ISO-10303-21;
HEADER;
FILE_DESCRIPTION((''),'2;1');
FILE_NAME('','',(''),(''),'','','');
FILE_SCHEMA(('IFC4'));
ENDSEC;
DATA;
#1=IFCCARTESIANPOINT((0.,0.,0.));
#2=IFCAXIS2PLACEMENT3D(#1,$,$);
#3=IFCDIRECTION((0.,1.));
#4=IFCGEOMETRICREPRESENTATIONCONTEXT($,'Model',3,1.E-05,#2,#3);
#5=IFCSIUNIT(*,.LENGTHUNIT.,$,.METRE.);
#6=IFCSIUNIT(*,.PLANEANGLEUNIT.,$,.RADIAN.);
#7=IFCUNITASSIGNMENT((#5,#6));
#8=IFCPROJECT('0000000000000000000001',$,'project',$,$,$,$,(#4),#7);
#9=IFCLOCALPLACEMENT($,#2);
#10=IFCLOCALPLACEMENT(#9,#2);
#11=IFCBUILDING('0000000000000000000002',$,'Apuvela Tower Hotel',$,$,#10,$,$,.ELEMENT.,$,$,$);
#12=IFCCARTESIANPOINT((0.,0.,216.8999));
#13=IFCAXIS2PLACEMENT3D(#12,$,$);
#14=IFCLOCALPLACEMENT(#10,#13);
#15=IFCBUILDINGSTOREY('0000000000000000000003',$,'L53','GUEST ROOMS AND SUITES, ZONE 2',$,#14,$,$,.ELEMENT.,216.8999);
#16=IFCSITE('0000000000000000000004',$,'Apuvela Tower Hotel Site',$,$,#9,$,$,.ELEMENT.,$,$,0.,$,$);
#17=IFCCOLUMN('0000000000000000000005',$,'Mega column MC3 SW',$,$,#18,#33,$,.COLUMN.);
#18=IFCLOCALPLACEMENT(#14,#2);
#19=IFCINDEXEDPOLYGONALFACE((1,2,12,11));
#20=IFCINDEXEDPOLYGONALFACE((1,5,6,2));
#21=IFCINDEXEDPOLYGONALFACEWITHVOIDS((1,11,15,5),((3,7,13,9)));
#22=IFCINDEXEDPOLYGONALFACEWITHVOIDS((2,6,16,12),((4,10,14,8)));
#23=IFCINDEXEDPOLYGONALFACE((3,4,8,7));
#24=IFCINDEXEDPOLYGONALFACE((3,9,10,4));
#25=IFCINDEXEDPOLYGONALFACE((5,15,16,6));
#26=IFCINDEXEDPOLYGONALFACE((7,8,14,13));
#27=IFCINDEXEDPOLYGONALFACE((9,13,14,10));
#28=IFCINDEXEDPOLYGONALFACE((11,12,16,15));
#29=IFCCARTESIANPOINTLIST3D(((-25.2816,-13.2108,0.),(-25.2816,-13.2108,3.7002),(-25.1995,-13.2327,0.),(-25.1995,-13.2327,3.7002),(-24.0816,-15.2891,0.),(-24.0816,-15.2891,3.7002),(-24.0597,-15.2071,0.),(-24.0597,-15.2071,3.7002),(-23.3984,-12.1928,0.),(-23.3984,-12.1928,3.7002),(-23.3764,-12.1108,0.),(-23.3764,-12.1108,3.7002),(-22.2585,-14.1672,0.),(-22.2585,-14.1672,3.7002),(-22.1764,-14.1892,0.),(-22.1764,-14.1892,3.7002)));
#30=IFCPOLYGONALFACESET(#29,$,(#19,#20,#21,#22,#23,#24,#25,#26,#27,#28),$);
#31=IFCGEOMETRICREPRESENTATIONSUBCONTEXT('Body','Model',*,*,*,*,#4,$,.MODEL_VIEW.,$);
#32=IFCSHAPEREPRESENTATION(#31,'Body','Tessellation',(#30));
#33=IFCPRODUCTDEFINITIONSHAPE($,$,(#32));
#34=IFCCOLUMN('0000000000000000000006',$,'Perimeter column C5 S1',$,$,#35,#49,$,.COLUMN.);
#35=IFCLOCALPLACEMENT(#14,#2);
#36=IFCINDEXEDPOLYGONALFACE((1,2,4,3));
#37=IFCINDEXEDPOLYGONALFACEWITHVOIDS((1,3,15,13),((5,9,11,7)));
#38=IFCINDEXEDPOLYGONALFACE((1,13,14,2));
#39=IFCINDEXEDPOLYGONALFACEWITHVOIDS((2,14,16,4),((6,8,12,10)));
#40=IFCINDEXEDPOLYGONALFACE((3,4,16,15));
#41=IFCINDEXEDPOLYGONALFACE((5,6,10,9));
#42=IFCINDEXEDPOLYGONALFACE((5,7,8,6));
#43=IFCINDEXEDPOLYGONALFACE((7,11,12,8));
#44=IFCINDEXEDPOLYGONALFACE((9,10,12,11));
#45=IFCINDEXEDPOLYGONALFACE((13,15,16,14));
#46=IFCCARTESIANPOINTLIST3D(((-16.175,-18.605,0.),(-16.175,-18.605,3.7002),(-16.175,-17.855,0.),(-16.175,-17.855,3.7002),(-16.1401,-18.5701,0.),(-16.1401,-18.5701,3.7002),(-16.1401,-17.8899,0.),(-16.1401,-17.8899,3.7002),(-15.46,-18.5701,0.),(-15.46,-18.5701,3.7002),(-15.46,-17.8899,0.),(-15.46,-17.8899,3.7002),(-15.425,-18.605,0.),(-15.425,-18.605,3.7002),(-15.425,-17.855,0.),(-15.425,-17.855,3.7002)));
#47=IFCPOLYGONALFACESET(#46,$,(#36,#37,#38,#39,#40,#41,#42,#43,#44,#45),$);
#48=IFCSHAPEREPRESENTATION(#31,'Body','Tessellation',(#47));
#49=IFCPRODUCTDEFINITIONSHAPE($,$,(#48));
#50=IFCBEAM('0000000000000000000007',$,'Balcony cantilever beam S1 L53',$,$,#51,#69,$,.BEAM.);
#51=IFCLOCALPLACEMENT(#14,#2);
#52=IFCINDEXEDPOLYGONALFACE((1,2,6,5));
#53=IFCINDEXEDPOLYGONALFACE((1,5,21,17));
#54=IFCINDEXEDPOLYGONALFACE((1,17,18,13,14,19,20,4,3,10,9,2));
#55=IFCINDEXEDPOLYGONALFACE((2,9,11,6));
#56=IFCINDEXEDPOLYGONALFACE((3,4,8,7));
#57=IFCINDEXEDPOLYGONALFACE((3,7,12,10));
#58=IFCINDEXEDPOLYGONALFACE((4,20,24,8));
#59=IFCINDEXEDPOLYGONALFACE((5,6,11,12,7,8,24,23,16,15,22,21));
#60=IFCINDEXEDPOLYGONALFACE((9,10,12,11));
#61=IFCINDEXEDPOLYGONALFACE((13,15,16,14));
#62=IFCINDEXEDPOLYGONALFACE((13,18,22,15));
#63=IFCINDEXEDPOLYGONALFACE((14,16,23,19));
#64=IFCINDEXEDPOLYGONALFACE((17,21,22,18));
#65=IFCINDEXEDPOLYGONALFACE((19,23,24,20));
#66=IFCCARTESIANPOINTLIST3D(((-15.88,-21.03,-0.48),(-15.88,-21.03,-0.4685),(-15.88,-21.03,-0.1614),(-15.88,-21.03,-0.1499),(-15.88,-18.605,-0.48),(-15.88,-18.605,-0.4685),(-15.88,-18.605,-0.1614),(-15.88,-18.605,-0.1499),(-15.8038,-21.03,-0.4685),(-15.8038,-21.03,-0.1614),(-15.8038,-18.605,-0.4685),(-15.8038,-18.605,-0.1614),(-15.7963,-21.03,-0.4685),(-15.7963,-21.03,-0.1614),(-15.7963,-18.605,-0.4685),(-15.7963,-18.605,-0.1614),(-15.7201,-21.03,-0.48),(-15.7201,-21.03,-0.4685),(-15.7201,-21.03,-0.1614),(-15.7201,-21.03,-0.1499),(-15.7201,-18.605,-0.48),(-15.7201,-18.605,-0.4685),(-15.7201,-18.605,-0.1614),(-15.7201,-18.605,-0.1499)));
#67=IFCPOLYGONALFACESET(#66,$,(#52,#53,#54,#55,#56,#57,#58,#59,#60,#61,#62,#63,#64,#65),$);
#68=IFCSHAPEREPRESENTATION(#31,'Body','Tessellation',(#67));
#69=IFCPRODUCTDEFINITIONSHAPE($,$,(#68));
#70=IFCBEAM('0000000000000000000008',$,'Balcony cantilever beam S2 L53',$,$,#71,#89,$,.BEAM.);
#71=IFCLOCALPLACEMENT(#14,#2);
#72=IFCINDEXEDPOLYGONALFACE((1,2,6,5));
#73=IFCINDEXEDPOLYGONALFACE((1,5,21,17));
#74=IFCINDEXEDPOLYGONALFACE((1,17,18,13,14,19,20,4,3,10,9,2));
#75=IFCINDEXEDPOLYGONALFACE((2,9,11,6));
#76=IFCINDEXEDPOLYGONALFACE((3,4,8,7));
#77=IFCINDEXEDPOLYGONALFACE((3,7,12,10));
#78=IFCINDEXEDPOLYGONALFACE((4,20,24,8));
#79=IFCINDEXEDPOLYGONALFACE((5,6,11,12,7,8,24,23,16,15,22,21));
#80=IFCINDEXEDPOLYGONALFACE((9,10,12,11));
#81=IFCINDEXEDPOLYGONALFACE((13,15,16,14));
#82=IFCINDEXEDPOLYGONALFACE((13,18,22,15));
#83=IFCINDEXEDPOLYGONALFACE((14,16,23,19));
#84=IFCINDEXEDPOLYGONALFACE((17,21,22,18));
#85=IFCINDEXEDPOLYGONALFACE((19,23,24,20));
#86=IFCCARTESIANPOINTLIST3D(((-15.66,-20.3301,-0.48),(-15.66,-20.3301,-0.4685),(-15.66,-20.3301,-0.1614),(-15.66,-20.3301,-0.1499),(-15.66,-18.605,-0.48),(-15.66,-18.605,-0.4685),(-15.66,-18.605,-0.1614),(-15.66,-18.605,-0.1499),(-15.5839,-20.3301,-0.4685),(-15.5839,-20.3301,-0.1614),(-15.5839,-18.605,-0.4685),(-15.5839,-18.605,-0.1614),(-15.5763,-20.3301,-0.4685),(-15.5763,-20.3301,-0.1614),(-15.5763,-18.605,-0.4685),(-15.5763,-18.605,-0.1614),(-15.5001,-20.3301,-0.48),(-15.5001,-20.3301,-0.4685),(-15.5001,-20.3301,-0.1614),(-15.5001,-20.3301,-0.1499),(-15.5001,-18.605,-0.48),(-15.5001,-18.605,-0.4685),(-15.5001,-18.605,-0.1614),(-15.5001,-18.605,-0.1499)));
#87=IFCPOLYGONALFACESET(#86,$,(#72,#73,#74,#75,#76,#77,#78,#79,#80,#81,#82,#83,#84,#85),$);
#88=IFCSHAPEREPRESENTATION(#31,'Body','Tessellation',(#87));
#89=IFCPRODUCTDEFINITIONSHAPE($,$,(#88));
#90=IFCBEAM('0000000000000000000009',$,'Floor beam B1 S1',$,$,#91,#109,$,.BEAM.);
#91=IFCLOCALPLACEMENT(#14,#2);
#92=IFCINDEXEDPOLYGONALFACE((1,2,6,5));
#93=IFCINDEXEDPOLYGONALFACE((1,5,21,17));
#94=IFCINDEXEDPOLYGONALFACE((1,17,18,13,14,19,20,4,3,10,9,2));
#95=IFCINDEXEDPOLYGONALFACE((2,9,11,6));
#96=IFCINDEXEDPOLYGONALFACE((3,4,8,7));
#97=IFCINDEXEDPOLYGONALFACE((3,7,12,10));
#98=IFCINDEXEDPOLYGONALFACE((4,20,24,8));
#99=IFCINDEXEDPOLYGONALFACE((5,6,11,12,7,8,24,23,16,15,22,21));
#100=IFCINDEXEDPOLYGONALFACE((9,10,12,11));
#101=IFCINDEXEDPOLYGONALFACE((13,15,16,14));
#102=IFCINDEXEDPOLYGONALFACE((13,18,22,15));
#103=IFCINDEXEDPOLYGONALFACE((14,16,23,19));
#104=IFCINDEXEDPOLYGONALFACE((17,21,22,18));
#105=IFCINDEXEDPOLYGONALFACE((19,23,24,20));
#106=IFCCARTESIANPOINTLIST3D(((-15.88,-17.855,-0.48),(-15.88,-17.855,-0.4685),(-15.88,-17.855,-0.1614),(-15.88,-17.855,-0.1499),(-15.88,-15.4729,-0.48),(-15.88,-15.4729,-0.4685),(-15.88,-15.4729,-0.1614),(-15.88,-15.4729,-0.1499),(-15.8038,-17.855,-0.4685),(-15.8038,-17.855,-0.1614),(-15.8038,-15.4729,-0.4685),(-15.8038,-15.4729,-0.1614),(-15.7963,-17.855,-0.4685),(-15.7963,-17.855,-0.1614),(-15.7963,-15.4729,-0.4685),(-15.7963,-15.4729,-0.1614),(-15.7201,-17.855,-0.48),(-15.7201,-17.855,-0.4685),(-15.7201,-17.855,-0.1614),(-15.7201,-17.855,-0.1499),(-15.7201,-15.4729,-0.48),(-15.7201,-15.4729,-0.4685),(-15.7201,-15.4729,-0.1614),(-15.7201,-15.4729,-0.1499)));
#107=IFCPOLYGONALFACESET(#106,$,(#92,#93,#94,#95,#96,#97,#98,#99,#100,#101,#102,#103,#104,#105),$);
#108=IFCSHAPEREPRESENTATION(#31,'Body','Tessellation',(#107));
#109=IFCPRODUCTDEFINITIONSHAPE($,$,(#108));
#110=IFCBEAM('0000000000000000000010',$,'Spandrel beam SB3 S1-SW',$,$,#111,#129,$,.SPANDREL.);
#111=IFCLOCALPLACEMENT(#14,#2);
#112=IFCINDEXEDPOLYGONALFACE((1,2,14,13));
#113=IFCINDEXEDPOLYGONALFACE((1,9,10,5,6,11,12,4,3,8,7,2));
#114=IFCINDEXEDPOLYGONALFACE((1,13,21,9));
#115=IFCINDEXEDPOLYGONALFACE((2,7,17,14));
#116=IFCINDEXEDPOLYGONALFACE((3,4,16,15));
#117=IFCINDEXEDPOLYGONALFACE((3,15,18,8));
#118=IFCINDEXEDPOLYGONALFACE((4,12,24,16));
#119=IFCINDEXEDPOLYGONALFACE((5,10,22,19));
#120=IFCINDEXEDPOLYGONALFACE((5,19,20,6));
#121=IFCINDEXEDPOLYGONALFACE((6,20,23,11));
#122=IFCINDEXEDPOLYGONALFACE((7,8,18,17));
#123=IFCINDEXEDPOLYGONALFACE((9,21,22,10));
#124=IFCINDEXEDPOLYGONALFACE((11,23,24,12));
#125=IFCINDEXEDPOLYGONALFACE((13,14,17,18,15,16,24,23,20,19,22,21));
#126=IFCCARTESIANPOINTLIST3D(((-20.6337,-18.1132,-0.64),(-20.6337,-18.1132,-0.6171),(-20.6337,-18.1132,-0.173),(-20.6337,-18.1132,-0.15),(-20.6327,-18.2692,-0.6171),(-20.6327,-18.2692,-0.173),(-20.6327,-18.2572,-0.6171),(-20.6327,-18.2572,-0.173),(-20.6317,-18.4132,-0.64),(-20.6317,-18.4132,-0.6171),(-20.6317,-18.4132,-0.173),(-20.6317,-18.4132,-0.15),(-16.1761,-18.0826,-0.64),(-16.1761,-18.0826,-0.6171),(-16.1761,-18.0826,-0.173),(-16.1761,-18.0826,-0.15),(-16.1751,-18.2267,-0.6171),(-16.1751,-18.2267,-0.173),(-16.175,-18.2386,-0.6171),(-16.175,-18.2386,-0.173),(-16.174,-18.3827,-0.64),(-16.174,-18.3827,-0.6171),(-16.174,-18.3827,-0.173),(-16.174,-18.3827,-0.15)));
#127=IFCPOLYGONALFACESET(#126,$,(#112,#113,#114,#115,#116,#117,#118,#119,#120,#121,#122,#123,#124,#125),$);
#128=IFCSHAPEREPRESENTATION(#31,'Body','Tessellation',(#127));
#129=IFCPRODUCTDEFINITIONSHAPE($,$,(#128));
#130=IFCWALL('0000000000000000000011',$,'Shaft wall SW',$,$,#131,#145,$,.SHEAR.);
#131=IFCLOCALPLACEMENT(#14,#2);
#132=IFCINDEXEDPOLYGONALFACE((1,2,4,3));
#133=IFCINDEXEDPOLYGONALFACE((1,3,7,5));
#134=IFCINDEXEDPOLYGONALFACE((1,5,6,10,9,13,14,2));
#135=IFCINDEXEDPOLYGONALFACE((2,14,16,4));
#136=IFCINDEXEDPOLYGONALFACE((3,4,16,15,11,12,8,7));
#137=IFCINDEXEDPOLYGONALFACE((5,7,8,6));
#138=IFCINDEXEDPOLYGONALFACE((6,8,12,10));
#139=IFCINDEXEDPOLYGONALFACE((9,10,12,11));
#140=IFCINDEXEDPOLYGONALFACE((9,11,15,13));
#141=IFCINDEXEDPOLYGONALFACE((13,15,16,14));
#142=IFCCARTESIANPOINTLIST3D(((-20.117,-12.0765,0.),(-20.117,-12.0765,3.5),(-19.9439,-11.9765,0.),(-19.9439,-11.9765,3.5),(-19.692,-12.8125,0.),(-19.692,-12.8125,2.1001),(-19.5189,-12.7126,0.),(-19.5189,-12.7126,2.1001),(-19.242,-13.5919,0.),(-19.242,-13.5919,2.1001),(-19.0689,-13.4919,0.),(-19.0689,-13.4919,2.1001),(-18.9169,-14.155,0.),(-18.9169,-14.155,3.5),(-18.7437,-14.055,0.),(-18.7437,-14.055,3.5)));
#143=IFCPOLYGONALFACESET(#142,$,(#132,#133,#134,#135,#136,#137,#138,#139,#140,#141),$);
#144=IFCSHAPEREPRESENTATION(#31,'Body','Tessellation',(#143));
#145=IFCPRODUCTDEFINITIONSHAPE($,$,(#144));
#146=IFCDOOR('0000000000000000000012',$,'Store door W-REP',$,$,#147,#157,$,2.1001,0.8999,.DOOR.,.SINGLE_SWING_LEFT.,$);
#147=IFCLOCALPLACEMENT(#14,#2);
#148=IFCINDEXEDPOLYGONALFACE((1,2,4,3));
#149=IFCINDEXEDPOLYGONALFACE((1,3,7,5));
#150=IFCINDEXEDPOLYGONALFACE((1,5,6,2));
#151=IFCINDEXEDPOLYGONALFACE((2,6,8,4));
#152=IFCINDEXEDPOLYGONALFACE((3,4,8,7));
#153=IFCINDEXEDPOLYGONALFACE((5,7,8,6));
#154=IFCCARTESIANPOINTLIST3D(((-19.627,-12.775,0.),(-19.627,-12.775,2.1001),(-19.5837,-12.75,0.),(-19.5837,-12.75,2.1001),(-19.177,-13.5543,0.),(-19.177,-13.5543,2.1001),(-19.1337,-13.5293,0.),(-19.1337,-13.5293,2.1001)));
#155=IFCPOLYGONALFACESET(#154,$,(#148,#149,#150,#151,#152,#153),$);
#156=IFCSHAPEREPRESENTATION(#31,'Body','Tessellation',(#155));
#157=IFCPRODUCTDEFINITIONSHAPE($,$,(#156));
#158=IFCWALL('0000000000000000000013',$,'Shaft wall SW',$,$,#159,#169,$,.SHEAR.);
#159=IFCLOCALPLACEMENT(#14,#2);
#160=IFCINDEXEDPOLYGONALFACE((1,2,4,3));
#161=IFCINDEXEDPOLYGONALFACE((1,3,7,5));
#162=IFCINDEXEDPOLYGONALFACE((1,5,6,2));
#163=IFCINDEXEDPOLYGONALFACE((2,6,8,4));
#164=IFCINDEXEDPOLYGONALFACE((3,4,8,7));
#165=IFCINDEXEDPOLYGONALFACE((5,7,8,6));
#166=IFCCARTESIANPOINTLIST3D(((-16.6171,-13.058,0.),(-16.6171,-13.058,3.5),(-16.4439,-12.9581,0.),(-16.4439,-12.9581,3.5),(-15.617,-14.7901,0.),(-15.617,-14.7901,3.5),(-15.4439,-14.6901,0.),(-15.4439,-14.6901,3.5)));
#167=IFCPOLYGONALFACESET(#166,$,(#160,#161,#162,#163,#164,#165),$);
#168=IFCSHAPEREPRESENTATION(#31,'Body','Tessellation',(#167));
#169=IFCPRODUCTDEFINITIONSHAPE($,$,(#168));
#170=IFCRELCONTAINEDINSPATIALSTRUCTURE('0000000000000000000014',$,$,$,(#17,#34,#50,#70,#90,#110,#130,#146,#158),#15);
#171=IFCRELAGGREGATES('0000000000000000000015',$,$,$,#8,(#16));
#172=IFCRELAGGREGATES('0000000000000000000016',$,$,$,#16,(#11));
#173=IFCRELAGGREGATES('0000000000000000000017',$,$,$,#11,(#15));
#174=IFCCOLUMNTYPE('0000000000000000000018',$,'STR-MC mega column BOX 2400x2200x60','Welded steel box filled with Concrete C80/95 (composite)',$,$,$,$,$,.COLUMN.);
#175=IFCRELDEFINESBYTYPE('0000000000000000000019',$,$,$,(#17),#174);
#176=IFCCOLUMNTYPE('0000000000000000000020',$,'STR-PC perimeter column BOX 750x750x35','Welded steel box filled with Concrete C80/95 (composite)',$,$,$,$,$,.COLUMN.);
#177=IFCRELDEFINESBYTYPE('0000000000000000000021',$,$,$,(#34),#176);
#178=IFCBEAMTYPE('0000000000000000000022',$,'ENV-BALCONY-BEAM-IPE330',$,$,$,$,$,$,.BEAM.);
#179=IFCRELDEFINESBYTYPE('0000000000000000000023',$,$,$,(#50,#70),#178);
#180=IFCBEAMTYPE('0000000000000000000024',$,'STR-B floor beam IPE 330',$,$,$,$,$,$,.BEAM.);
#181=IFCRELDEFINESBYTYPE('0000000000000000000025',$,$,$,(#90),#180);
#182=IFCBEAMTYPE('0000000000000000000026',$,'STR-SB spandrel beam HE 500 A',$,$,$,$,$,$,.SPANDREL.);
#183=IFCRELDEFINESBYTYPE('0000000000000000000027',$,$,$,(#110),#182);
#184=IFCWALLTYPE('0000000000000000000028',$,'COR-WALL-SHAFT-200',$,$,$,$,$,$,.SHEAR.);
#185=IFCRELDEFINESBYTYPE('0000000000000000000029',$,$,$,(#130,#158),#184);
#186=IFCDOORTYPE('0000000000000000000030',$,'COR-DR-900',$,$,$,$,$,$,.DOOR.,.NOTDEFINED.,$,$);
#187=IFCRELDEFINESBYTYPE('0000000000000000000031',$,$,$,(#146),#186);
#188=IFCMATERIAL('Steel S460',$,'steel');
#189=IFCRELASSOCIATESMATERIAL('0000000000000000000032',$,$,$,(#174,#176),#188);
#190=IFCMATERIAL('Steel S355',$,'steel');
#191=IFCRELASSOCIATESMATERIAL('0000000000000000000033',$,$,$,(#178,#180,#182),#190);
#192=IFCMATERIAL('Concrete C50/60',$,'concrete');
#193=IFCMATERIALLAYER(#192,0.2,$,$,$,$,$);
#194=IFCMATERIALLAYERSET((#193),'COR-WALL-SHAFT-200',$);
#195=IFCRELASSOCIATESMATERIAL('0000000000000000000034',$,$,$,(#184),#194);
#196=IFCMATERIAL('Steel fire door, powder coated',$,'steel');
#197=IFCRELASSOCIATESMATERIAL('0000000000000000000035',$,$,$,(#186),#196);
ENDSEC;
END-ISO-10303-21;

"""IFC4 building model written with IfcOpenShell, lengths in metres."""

from ifc_helpers import new_model, si_unit, direction, frame, frame_2d, origin, origin_2d, place, context, subcontext, project, spatial, rectangle, hollow_rectangle, i_section, extrude, material, layer, layer_set, material_profile, profile_set, type_object, element, fill, save


model = new_model("IFC4")

# Units and contexts
model_context = context("Model", 3, precision=1e-05, world=origin(), true_north=direction((0.0, 1.0)))
body_context = subcontext(model_context, "Body", "Model", "MODEL_VIEW")
ifc_project = project(units=[si_unit("LENGTHUNIT", "METRE"), si_unit("PLANEANGLEUNIT", "RADIAN")], contexts=[model_context])

# Site, building, storey
site_placement = place(None, origin())
site = spatial("IfcSite", under=ifc_project, at=site_placement, Name="Apuvela Tower Hotel Site", CompositionType="ELEMENT", RefElevation=0.0)
building_placement = place(site_placement, origin())
building = spatial("IfcBuilding", under=site, at=building_placement, Name="Apuvela Tower Hotel", CompositionType="ELEMENT")
storey_placement = place(building_placement, frame((0.0, 0.0, 216.8999)))
storey = spatial("IfcBuildingStorey", under=building, at=storey_placement, Name="L53", Description="GUEST ROOMS AND SUITES, ZONE 2", CompositionType="ELEMENT", Elevation=216.8999)

# Columns
ifc_material_1 = material(Name="Steel S460", Category="steel")
ifc_material_profile_1 = material_profile(ifc_material_1, hollow_rectangle(XDim=2.3999, YDim=2.2, WallThickness=0.0601, at=origin_2d()), Name="BOX 2400x2200x60")
ifc_material_2 = material(Name="Concrete C80/95", Category="concrete")
ifc_material_profile_2 = material_profile(ifc_material_2, rectangle(XDim=2.28, YDim=2.0801, at=origin_2d()), Name="Concrete C80/95 infill")
ifc_profile_set_1 = profile_set([ifc_material_profile_1, ifc_material_profile_2], Name="Steel S460")
column_type_1 = type_object("IfcColumnType", Name="STR-MC mega column BOX 2400x2200x60", Description="Welded steel box filled with Concrete C80/95 (composite)", PredefinedType="COLUMN", material=ifc_profile_set_1)
column_1_placement = place(storey_placement, frame((-23.729, -13.7, 0.0), z_axis=(0.0, 0.0, 1.0), x_axis=(-0.5, 0.866025, 0.0)))
element("IfcColumn", 1, at=column_1_placement, inside=storey, type_object=column_type_1, Name="Mega column MC3 SW", PredefinedType="COLUMN", context=body_context, shape_type="SweptSolid", body=[
    extrude(hollow_rectangle(XDim=2.3999, YDim=2.2, WallThickness=0.0601, at=origin_2d()), origin(), (0.0, 0.0, 1.0), 3.7002),
])
ifc_material_profile_3 = material_profile(ifc_material_1, hollow_rectangle(XDim=0.75, YDim=0.75, WallThickness=0.0349, at=origin_2d()), Name="BOX 750x750x35")
ifc_material_profile_4 = material_profile(ifc_material_2, rectangle(XDim=0.6799, YDim=0.6799, at=origin_2d()), Name="Concrete C80/95 infill")
ifc_profile_set_2 = profile_set([ifc_material_profile_3, ifc_material_profile_4], Name="Steel S460")
column_type_2 = type_object("IfcColumnType", Name="STR-PC perimeter column BOX 750x750x35", Description="Welded steel box filled with Concrete C80/95 (composite)", PredefinedType="COLUMN", material=ifc_profile_set_2)
column_2_placement = place(storey_placement, frame((-15.8, -18.23, 0.0), z_axis=(0.0, 0.0, 1.0), x_axis=(-1.0, 0.0, 0.0)))
element("IfcColumn", 2, at=column_2_placement, inside=storey, type_object=column_type_2, Name="Perimeter column C5 S1", PredefinedType="COLUMN", context=body_context, shape_type="SweptSolid", body=[
    extrude(hollow_rectangle(XDim=0.75, YDim=0.75, WallThickness=0.0349, at=origin_2d()), origin(), (0.0, 0.0, 1.0), 3.7002),
])

# Beams
ifc_material_3 = material(Name="Steel S355", Category="steel")
ifc_material_profile_5 = material_profile(ifc_material_3, i_section(OverallWidth=0.1599, OverallDepth=0.3301, WebThickness=0.0076, FlangeThickness=0.0115, at=origin_2d()), Name="IPE 330")
ifc_profile_set_3 = profile_set([ifc_material_profile_5], Name="Steel S355")
beam_type_1 = type_object("IfcBeamType", Name="ENV-BALCONY-BEAM-IPE330", PredefinedType="BEAM", material=ifc_profile_set_3)
beam_1_placement = place(storey_placement, frame((-15.8, -18.605, -0.3149), z_axis=(0.0, -1.0, 0.0), x_axis=(1.0, 0.0, 0.0)))
element("IfcBeam", 3, at=beam_1_placement, inside=storey, type_object=beam_type_1, Name="Balcony cantilever beam S1 L53", PredefinedType="BEAM", context=body_context, shape_type="SweptSolid", body=[
    extrude(i_section(OverallWidth=0.1599, OverallDepth=0.3301, WebThickness=0.0076, FlangeThickness=0.0115, at=origin_2d()), origin(), (0.0, 0.0, 1.0), 2.425),
])
beam_2_placement = place(storey_placement, frame((-15.5801, -18.605, -0.3149), z_axis=(0.0, -1.0, 0.0), x_axis=(1.0, 0.0, 0.0)))
element("IfcBeam", 4, at=beam_2_placement, inside=storey, type_object=beam_type_1, Name="Balcony cantilever beam S2 L53", PredefinedType="BEAM", context=body_context, shape_type="SweptSolid", body=[
    extrude(i_section(OverallWidth=0.1599, OverallDepth=0.3301, WebThickness=0.0076, FlangeThickness=0.0115, at=origin_2d()), origin(), (0.0, 0.0, 1.0), 1.7251),
])
ifc_material_profile_6 = material_profile(ifc_material_3, i_section(OverallWidth=0.1599, OverallDepth=0.3301, WebThickness=0.0076, FlangeThickness=0.0115, at=origin_2d()), Name="IPE 330")
ifc_profile_set_4 = profile_set([ifc_material_profile_6], Name="Steel S355")
beam_type_2 = type_object("IfcBeamType", Name="STR-B floor beam IPE 330", PredefinedType="BEAM", material=ifc_profile_set_4)
beam_3_placement = place(storey_placement, frame((-15.8, -17.855, -0.3149), z_axis=(0.0, 1.0, 0.0), x_axis=(-1.0, 0.0, 0.0)))
element("IfcBeam", 5, at=beam_3_placement, inside=storey, type_object=beam_type_2, Name="Floor beam B1 S1", PredefinedType="BEAM", context=body_context, shape_type="SweptSolid", body=[
    extrude(i_section(OverallWidth=0.1599, OverallDepth=0.3301, WebThickness=0.0076, FlangeThickness=0.0115, at=origin_2d()), origin(), (0.0, 0.0, 1.0), 2.3821),
])
ifc_material_profile_7 = material_profile(ifc_material_3, i_section(OverallWidth=0.3, OverallDepth=0.49, WebThickness=0.012, FlangeThickness=0.0229, at=origin_2d()), Name="HE 500 A")
ifc_profile_set_5 = profile_set([ifc_material_profile_7], Name="Steel S355")
beam_type_3 = type_object("IfcBeamType", Name="STR-SB spandrel beam HE 500 A", PredefinedType="SPANDREL", material=ifc_profile_set_5)
beam_4_placement = place(storey_placement, frame((-16.175, -18.2327, -0.395), z_axis=(-0.999977, -0.006846, 0.0), x_axis=(0.006846, -0.999977, 0.0)))
element("IfcBeam", 6, at=beam_4_placement, inside=storey, type_object=beam_type_3, Name="Spandrel beam SB3 S1-SW", PredefinedType="SPANDREL", context=body_context, shape_type="SweptSolid", body=[
    extrude(i_section(OverallWidth=0.3, OverallDepth=0.49, WebThickness=0.012, FlangeThickness=0.0229, at=origin_2d()), origin(), (0.0, 0.0, 1.0), 4.4578),
])

# Wall, opening, door
ifc_material_4 = material(Name="Concrete C50/60", Category="concrete")
ifc_layer_1 = layer(ifc_material_4, 0.2)
ifc_layer_set_1 = layer_set([ifc_layer_1], Name="COR-WALL-SHAFT-200")
wall_type_1 = type_object("IfcWallType", Name="COR-WALL-SHAFT-200", PredefinedType="SHEAR", material=ifc_layer_set_1)
wall_1_placement = place(storey_placement, frame((-20.0305, -12.0264, 0.0), z_axis=(0.0, 0.0, 1.0), x_axis=(0.500034, -0.866006, 0.0)))
wall_1 = element("IfcWall", 7, at=wall_1_placement, inside=storey, type_object=wall_type_1, Name="Shaft wall SW", PredefinedType="SHEAR", context=body_context, shape_type="SweptSolid", body=[
    extrude(rectangle(XDim=2.4001, YDim=0.2, at=frame_2d((1.2002, 0.0))), origin(), (0.0, 0.0, 1.0), 3.5),
])
opening_1_placement = place(wall_1_placement, frame((0.8501, 0.0, 0.0)))
opening_1 = element("IfcOpeningElement", 8, at=opening_1_placement, cuts=wall_1, PredefinedType="OPENING", context=body_context, shape_type="SweptSolid", body=[
    extrude(rectangle(XDim=0.8999, YDim=2.1001, at=frame_2d((0.45, 1.05))), frame((0.0, 0.1099, 0.0), z_axis=(0.0, -1.0, 0.0), x_axis=(1.0, 0.0, 0.0)), (0.0, 0.0, 1.0), 0.22),
])
ifc_material_5 = material(Name="Steel fire door, powder coated", Category="steel")
door_type_1 = type_object("IfcDoorType", Name="COR-DR-900", OperationType="NOTDEFINED", PredefinedType="DOOR", material=ifc_material_5)
door_1_placement = place(opening_1_placement, frame((0.8999, 0.0, 0.0), z_axis=(0.0, 0.0, 1.0), x_axis=(-1.0, 0.0, 0.0)))
door_1 = element("IfcDoor", 9, at=door_1_placement, inside=storey, type_object=door_type_1, Name="Store door W-REP", OperationType="SINGLE_SWING_LEFT", OverallHeight=2.1001, OverallWidth=0.8999, PredefinedType="DOOR", context=body_context, shape_type="SweptSolid", body=[
    extrude(rectangle(XDim=0.8999, YDim=2.1001, at=frame_2d((0.45, 1.05))), frame((0.0, 0.0249, 0.0), z_axis=(0.0, -1.0, 0.0), x_axis=(1.0, 0.0, 0.0)), (0.0, 0.0, 1.0), 0.05),
])
fill(opening_1, door_1)

# Wall
for number, where, z_axis, x_axis, name in (
    (10, (-16.5305, -13.0081, 0.0), (0.0, 0.0, 1.0), (0.500025, -0.866011, 0.0), "Shaft wall SW"),
):
    element("IfcWall", number, at=place(storey_placement, frame(where, z_axis=z_axis, x_axis=x_axis)), inside=storey, type_object=wall_type_1, Name=name, PredefinedType="SHEAR", context=body_context, shape_type="SweptSolid", body=[
        extrude(rectangle(XDim=2.0, YDim=0.2, at=frame_2d((1.0, 0.0))), origin(), (0.0, 0.0, 1.0), 3.5),
    ])

save(model, "model.ifc")
